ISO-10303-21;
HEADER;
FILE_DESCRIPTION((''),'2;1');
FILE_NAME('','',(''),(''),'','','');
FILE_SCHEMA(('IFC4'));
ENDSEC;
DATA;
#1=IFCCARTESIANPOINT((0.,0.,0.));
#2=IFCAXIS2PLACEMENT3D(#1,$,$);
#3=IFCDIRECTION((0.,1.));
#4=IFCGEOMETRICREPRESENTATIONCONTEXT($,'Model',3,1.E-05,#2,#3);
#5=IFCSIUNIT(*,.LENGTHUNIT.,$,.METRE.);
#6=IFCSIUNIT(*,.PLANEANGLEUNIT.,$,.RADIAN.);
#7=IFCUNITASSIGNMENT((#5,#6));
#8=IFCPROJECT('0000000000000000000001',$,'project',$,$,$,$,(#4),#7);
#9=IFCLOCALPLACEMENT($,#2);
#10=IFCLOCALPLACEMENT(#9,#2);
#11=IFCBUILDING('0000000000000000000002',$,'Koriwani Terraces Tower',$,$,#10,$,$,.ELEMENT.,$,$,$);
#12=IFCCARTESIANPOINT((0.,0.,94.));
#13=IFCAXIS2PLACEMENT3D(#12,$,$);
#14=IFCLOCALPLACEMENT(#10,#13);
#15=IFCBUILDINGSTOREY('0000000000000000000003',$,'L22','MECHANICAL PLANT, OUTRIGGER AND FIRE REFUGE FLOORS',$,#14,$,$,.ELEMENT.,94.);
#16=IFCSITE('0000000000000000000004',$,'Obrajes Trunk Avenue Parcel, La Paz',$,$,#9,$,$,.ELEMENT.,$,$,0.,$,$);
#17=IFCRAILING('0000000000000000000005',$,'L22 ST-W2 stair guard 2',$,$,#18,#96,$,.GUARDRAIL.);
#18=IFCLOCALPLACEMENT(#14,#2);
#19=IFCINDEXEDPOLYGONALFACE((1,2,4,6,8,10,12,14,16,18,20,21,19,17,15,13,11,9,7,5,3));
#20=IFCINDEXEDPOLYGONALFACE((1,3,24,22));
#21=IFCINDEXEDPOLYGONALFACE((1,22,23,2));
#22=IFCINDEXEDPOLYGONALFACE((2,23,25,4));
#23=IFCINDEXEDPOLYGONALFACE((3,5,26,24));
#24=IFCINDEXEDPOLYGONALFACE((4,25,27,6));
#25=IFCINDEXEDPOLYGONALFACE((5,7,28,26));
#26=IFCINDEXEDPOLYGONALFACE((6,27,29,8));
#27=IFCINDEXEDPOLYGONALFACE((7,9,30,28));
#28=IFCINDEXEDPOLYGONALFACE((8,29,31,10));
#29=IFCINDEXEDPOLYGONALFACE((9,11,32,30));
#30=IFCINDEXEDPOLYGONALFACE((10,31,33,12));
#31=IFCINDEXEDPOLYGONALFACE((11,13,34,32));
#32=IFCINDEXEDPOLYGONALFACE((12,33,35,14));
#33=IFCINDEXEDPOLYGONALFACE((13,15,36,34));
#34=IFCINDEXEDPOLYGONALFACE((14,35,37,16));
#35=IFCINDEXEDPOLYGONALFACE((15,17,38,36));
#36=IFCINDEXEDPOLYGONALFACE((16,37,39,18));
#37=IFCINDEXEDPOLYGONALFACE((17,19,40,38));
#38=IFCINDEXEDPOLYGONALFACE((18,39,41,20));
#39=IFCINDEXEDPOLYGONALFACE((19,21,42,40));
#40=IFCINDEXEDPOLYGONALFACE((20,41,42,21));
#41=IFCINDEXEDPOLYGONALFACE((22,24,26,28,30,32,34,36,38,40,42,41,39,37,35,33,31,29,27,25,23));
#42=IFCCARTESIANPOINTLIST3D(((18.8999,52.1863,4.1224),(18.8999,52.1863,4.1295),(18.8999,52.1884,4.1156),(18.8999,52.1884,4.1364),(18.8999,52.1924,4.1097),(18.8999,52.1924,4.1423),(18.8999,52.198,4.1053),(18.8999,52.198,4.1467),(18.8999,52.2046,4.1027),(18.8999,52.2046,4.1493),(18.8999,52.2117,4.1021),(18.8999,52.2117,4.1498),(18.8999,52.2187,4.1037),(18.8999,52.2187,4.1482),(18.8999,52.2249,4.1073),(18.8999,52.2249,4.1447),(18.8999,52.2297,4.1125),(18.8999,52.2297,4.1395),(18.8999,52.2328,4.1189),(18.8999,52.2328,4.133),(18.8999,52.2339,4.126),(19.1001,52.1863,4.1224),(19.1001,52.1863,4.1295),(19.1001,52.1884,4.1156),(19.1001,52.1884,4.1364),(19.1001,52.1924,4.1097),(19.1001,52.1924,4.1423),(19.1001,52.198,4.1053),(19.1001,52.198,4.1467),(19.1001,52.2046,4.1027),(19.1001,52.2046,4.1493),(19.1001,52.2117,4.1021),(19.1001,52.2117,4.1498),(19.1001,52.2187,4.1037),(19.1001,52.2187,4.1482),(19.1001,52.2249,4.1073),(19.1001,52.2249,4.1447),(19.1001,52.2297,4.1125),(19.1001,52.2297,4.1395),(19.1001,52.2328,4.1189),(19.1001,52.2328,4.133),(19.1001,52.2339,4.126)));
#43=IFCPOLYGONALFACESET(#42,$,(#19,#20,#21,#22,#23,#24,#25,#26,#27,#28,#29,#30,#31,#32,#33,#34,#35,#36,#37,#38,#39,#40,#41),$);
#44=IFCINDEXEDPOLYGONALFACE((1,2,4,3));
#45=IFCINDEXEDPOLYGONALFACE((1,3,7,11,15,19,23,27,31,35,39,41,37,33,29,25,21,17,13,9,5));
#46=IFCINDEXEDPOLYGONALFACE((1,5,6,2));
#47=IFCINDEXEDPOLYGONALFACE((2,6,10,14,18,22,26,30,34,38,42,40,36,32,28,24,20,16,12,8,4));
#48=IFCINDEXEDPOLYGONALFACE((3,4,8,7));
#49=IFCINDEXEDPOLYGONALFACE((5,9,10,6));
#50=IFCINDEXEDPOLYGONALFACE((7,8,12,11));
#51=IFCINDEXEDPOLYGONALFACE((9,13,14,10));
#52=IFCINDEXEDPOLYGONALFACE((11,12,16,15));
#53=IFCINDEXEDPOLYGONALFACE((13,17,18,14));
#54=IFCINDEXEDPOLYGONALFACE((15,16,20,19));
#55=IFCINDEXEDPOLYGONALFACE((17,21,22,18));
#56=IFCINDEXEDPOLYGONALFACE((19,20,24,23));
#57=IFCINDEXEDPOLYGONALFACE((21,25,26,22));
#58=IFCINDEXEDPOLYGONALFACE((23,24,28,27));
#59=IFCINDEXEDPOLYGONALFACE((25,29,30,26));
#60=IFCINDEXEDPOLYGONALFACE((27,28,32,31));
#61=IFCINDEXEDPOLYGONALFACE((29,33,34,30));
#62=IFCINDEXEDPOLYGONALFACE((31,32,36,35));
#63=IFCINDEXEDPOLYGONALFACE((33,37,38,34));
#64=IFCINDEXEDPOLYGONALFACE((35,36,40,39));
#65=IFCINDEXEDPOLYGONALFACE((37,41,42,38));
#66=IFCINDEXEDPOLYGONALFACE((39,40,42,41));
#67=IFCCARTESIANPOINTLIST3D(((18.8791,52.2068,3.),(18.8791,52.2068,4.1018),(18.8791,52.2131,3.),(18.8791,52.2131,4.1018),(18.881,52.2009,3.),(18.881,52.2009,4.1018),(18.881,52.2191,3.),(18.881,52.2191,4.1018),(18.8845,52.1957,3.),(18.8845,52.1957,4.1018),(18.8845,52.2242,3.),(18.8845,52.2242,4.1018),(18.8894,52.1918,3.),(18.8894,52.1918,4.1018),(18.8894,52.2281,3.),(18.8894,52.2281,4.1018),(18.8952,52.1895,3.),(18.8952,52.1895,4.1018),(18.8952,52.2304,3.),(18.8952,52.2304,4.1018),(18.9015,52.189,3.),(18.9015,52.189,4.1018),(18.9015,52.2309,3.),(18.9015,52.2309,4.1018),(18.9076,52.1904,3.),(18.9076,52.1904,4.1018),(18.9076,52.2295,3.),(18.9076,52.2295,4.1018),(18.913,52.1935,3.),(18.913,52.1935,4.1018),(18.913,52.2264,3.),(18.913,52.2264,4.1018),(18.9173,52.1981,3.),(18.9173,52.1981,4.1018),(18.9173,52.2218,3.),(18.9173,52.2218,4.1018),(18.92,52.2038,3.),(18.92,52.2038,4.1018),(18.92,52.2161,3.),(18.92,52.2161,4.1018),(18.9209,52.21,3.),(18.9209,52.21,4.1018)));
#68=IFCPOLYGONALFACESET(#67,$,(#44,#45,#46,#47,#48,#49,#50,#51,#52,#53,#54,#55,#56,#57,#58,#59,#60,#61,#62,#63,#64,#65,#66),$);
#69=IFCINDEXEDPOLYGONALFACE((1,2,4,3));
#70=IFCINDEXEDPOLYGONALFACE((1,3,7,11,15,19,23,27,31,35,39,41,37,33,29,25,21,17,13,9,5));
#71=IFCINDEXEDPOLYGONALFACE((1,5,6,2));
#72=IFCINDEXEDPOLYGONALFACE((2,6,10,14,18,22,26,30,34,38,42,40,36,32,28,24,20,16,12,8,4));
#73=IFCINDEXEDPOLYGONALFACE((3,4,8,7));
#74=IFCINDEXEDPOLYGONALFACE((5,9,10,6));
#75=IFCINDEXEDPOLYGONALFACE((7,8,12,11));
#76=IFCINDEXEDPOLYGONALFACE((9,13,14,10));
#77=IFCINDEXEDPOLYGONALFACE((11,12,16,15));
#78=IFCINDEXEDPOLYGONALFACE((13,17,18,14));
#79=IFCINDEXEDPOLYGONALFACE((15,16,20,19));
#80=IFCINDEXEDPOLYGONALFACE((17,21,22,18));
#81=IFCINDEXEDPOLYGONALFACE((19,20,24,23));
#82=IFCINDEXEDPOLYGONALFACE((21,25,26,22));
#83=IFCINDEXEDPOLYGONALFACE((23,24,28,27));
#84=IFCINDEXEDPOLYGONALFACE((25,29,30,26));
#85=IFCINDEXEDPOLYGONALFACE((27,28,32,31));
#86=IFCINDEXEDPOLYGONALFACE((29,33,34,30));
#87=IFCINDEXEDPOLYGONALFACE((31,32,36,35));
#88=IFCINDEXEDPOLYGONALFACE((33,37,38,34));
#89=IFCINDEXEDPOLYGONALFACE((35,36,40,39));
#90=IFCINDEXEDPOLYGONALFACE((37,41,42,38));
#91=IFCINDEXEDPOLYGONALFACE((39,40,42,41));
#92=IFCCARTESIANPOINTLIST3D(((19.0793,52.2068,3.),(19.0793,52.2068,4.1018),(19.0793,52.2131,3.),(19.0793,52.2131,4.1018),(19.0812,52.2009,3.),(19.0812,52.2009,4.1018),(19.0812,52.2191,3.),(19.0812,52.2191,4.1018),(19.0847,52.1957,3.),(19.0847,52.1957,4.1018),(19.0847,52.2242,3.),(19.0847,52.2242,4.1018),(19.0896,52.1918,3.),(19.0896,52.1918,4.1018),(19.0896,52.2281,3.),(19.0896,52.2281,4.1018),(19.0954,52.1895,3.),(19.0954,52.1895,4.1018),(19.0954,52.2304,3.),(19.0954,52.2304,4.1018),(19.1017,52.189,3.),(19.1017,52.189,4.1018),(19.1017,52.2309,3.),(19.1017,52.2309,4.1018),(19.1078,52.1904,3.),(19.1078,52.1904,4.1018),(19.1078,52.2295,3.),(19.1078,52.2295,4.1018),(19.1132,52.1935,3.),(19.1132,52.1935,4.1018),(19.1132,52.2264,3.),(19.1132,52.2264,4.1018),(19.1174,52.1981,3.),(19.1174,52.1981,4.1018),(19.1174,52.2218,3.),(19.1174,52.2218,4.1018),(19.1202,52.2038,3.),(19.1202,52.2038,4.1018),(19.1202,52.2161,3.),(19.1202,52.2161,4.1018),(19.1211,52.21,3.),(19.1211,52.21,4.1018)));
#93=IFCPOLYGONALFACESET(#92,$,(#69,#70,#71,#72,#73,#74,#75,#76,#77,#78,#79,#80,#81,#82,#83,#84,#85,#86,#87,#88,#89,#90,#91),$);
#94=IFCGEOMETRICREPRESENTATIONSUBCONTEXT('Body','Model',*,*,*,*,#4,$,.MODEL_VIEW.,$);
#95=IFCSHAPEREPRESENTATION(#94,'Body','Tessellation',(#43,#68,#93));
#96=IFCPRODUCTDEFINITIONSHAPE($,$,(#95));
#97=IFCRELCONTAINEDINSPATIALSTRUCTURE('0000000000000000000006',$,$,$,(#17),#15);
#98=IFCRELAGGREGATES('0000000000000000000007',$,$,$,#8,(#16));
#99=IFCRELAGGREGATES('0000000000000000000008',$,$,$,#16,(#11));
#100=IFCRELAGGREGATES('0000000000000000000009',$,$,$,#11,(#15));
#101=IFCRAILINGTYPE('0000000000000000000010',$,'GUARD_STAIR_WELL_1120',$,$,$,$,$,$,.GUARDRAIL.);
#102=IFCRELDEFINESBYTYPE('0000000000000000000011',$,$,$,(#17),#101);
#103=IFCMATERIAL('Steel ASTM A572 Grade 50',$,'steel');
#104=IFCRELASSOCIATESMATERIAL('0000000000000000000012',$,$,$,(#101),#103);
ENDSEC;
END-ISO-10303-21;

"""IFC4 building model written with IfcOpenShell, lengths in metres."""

from ifc_helpers import new_model, si_unit, direction, frame, origin, origin_2d, place, context, subcontext, project, spatial, circle, extrude, material, type_object, element, save


model = new_model("IFC4")

# Units and contexts
model_context = context("Model", 3, precision=1e-05, world=origin(), true_north=direction((0.0, 1.0)))
body_context = subcontext(model_context, "Body", "Model", "MODEL_VIEW")
ifc_project = project(units=[si_unit("LENGTHUNIT", "METRE"), si_unit("PLANEANGLEUNIT", "RADIAN")], contexts=[model_context])

# Site, building, storey
site_placement = place(None, origin())
site = spatial("IfcSite", under=ifc_project, at=site_placement, Name="Obrajes Trunk Avenue Parcel, La Paz", CompositionType="ELEMENT", RefElevation=0.0)
building_placement = place(site_placement, origin())
building = spatial("IfcBuilding", under=site, at=building_placement, Name="Koriwani Terraces Tower", CompositionType="ELEMENT")
storey_placement = place(building_placement, frame((0.0, 0.0, 94.0)))
storey = spatial("IfcBuildingStorey", under=building, at=storey_placement, Name="L22", Description="MECHANICAL PLANT, OUTRIGGER AND FIRE REFUGE FLOORS", CompositionType="ELEMENT", Elevation=94.0)

# Shared definitions
ifc_material_1 = material(Name="Steel ASTM A572 Grade 50", Category="steel")

# Railing
railing_type_1 = type_object("IfcRailingType", Name="GUARD_STAIR_WELL_1120", PredefinedType="GUARDRAIL", material=ifc_material_1)
railing_1_placement = place(storey_placement, frame((18.8999, 52.21, 3.0)))
element("IfcRailing", 1, at=railing_1_placement, inside=storey, type_object=railing_type_1, Name="L22 ST-W2 stair guard 2", PredefinedType="GUARDRAIL", context=body_context, shape_type="SweptSolid", body=[
    extrude(circle(Radius=0.0239, at=origin_2d()), frame((0.0, 0.0, 1.126), z_axis=(1.0, 0.0, 0.0), x_axis=(0.0, 1.0, 0.0)), (0.0, 0.0, 1.0), 0.2002),
    extrude(circle(Radius=0.021, at=origin_2d()), origin(), (0.0, 0.0, 1.0), 1.1018),
    extrude(circle(Radius=0.021, at=origin_2d()), frame((0.2002, 0.0, 0.0)), (0.0, 0.0, 1.0), 1.1018),
])

save(model, "model.ifc")
